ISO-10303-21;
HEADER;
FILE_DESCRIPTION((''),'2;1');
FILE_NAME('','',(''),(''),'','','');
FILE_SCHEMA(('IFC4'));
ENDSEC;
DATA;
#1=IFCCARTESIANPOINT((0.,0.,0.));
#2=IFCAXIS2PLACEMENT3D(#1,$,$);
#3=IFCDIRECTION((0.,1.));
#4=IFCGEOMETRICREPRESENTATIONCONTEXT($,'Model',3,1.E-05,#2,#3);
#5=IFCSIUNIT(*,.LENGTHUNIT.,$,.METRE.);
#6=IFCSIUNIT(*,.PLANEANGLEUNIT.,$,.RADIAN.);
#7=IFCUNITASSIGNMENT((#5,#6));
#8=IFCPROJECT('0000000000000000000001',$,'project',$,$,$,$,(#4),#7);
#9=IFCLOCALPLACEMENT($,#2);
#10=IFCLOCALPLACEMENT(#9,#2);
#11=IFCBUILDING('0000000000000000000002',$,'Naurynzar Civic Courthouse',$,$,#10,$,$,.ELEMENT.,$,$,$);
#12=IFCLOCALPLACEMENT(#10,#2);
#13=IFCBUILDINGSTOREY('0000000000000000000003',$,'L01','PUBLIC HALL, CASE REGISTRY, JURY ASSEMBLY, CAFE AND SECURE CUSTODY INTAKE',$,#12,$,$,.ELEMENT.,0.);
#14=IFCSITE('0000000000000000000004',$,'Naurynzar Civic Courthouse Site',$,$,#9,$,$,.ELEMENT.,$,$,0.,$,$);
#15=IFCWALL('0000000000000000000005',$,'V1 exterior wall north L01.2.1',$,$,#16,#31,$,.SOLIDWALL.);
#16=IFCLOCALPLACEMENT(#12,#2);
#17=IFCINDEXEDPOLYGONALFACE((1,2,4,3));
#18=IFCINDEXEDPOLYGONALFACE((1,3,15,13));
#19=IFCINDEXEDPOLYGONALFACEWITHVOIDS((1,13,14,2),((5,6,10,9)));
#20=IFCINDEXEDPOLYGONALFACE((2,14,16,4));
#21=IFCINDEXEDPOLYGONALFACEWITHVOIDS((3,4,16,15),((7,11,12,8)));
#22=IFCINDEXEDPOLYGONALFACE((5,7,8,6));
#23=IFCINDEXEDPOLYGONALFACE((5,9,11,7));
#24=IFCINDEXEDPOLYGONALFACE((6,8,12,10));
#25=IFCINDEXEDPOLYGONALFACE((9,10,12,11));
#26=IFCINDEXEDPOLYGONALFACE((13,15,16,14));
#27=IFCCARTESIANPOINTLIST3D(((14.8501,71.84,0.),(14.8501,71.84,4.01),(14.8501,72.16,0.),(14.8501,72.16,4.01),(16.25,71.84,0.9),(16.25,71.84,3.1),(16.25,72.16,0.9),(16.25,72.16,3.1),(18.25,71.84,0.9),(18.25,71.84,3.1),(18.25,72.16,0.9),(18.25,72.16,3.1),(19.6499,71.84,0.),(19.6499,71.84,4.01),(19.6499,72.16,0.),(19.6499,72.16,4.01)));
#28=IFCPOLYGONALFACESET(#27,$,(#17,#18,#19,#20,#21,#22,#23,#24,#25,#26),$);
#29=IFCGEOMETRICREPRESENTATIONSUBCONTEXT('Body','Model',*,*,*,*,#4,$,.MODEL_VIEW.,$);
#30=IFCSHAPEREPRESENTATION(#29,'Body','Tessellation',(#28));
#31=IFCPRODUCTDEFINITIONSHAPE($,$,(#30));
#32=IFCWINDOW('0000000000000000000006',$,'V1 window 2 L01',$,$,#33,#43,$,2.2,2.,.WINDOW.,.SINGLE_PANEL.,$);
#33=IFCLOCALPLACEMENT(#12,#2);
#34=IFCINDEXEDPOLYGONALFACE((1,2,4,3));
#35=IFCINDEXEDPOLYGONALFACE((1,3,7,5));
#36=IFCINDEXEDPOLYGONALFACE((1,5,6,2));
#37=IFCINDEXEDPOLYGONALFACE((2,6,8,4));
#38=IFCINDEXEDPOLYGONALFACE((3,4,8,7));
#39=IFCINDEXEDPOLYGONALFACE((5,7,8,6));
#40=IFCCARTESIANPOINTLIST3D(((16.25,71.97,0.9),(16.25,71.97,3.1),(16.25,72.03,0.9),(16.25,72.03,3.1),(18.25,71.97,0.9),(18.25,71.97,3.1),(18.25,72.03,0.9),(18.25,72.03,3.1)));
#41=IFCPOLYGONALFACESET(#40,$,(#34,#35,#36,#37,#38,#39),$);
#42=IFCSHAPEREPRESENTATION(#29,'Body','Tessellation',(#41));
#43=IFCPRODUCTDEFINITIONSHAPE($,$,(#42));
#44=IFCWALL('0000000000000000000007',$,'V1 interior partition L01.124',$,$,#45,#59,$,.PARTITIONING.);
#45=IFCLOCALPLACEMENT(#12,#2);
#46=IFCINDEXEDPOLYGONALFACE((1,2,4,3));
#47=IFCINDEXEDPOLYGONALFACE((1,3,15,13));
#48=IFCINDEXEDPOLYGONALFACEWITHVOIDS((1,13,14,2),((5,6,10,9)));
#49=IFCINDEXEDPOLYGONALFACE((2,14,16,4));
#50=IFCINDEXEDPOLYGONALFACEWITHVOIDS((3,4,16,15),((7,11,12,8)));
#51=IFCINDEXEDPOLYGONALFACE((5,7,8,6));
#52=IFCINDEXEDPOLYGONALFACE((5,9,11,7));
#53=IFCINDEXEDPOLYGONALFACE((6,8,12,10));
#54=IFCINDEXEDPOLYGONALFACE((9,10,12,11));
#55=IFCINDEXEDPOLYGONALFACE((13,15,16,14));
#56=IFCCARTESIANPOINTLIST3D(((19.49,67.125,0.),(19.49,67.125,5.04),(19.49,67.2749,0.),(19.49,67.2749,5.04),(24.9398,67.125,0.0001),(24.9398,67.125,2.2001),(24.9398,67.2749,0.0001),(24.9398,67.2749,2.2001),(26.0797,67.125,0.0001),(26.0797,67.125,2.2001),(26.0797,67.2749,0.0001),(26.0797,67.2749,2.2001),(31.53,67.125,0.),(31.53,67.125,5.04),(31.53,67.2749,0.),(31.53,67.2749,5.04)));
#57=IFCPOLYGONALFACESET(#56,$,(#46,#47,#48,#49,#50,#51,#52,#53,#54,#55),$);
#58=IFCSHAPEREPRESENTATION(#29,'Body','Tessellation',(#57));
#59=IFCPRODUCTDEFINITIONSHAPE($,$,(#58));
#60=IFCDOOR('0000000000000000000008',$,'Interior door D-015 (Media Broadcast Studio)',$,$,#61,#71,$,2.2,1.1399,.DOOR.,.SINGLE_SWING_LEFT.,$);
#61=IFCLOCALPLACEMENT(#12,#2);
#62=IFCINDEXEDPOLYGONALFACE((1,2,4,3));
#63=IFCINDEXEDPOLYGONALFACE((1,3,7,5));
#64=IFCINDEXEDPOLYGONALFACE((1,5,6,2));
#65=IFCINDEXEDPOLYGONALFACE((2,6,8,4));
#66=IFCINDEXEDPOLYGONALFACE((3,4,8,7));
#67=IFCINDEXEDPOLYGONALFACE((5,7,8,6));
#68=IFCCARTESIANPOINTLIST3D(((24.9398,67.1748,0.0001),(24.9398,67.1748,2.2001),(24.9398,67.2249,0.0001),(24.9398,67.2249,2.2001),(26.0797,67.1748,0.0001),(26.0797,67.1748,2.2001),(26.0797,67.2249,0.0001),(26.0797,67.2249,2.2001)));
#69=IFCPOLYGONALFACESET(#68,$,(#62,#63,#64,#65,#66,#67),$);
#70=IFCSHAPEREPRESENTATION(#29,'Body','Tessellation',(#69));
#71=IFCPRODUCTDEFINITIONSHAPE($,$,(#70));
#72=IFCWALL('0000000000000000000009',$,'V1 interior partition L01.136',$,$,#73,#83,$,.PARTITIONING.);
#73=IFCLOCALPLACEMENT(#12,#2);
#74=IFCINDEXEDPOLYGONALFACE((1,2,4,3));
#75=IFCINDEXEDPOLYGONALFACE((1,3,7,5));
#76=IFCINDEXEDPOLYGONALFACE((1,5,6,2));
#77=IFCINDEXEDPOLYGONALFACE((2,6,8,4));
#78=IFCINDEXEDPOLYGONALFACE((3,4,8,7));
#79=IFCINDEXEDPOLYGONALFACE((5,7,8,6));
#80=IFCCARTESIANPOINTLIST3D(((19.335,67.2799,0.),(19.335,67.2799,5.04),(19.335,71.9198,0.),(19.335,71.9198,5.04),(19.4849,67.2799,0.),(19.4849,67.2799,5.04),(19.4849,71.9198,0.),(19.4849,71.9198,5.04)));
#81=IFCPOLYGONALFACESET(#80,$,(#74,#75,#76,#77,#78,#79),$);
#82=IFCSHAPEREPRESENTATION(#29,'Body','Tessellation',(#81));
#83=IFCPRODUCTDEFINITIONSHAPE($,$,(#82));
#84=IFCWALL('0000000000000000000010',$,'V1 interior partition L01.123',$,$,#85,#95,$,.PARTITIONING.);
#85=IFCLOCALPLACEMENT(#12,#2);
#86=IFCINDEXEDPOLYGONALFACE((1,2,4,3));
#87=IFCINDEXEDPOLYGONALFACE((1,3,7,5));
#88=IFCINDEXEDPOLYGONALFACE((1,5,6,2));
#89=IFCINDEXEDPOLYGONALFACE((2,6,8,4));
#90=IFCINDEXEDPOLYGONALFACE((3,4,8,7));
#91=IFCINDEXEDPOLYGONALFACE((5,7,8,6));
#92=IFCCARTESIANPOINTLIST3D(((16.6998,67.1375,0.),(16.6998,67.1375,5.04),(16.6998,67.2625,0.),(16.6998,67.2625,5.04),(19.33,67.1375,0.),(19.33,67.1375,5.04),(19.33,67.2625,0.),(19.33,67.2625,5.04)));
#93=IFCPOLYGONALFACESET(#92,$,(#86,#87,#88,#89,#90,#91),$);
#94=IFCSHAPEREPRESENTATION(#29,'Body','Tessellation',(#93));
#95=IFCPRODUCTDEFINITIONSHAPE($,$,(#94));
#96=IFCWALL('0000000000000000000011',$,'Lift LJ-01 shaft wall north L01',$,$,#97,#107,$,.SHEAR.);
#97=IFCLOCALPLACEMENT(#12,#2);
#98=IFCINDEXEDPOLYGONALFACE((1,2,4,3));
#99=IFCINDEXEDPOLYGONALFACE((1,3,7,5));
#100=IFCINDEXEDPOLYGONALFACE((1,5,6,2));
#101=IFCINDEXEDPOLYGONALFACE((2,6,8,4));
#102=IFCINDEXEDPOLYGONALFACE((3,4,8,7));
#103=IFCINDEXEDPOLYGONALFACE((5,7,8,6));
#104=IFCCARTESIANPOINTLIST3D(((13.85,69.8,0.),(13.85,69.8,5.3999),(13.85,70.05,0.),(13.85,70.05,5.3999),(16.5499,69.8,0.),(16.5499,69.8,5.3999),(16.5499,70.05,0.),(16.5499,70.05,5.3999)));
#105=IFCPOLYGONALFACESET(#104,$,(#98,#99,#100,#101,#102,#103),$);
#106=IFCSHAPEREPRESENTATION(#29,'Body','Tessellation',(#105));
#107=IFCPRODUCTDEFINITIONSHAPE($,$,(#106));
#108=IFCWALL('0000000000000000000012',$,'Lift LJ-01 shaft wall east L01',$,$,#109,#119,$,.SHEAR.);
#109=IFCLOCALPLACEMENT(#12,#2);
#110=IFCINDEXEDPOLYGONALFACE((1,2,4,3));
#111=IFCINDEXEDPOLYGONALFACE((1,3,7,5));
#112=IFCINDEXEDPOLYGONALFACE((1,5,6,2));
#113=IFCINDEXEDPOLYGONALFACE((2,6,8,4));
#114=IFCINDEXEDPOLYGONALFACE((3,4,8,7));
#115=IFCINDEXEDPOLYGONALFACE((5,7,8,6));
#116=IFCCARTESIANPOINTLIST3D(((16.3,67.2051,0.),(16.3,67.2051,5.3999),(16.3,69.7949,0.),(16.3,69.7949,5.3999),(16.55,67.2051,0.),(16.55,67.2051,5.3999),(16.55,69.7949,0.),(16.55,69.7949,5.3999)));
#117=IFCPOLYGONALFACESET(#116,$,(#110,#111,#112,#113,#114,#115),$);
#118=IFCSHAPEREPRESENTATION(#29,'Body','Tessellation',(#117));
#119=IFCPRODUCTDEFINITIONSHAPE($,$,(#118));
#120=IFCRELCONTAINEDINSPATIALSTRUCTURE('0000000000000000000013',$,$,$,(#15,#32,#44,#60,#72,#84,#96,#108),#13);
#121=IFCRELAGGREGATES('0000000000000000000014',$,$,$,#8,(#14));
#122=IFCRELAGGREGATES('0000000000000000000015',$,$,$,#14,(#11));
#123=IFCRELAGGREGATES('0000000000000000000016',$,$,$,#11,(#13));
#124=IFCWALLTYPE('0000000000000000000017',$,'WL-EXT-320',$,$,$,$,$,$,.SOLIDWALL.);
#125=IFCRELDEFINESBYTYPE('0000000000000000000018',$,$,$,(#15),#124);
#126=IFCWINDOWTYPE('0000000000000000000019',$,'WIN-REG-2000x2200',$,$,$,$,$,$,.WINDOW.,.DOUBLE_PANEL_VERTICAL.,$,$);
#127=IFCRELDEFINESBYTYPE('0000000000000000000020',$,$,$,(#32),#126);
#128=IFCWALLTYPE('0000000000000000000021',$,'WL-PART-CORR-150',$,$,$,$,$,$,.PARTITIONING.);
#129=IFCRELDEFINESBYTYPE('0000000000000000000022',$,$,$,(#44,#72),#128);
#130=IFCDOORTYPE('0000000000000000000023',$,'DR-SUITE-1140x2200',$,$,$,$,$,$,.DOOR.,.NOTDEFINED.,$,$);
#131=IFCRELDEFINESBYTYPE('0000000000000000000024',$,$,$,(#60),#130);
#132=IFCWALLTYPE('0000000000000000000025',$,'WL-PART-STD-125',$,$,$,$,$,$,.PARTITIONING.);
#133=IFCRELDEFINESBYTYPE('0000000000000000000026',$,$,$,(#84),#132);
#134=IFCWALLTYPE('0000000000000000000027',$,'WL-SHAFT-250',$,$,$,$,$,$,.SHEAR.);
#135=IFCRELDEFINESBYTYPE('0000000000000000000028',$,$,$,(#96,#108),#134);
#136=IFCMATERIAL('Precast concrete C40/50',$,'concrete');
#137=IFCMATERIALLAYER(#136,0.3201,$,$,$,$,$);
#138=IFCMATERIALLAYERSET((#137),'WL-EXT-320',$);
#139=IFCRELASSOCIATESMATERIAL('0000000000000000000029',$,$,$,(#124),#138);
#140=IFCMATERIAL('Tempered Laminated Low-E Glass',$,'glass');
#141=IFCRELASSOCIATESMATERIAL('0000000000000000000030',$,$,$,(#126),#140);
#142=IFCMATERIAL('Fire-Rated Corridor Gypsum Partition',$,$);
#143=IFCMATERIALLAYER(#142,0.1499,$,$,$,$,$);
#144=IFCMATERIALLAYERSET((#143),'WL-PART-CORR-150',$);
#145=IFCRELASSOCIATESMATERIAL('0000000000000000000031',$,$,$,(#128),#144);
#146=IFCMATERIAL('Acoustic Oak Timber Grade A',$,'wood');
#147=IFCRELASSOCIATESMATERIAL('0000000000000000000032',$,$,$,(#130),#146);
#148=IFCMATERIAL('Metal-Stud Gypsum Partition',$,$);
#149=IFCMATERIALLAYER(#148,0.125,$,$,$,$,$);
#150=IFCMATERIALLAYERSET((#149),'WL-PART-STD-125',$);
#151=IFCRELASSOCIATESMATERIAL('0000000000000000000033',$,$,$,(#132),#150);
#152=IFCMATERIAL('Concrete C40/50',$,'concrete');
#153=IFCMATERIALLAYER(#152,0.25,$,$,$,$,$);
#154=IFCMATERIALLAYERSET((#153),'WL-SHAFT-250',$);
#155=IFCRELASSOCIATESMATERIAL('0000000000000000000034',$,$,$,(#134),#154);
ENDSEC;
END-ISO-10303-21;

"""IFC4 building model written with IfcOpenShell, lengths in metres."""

from ifc_helpers import new_model, si_unit, direction, frame, frame_2d, origin, place, context, subcontext, project, spatial, rectangle, extrude, material, layer, layer_set, type_object, element, fill, save


model = new_model("IFC4")

# Units and contexts
model_context = context("Model", 3, precision=1e-05, world=origin(), true_north=direction((0.0, 1.0)))
body_context = subcontext(model_context, "Body", "Model", "MODEL_VIEW")
ifc_project = project(units=[si_unit("LENGTHUNIT", "METRE"), si_unit("PLANEANGLEUNIT", "RADIAN")], contexts=[model_context])

# Site, building, storey
site_placement = place(None, origin())
site = spatial("IfcSite", under=ifc_project, at=site_placement, Name="Naurynzar Civic Courthouse Site", CompositionType="ELEMENT", RefElevation=0.0)
building_placement = place(site_placement, origin())
building = spatial("IfcBuilding", under=site, at=building_placement, Name="Naurynzar Civic Courthouse", CompositionType="ELEMENT")
storey_placement = place(building_placement, origin())
storey = spatial("IfcBuildingStorey", under=building, at=storey_placement, Name="L01", Description="PUBLIC HALL, CASE REGISTRY, JURY ASSEMBLY, CAFE AND SECURE CUSTODY INTAKE", CompositionType="ELEMENT", Elevation=0.0)

# Wall, opening, window
ifc_material_1 = material(Name="Precast concrete C40/50", Category="concrete")
ifc_layer_1 = layer(ifc_material_1, 0.3201)
ifc_layer_set_1 = layer_set([ifc_layer_1], Name="WL-EXT-320")
wall_type_1 = type_object("IfcWallType", Name="WL-EXT-320", PredefinedType="SOLIDWALL", material=ifc_layer_set_1)
wall_1_placement = place(storey_placement, frame((14.8501, 72.0, 0.0), z_axis=(0.0, 0.0, 1.0), x_axis=(1.0, 0.0, 0.0)))
wall_1 = element("IfcWall", 1, at=wall_1_placement, inside=storey, type_object=wall_type_1, Name="V1 exterior wall north L01.2.1", PredefinedType="SOLIDWALL", context=body_context, shape_type="SweptSolid", body=[
    extrude(rectangle(XDim=4.7998, YDim=0.3201, at=frame_2d((2.3999, 0.0))), origin(), (0.0, 0.0, 1.0), 4.01),
])
opening_1_placement = place(wall_1_placement, frame((1.3999, 0.0, 0.8999)))
opening_1 = element("IfcOpeningElement", 2, at=opening_1_placement, cuts=wall_1, PredefinedType="OPENING", context=body_context, shape_type="SweptSolid", body=[
    extrude(rectangle(XDim=2.0, YDim=2.2, at=frame_2d((1.0, 1.1001))), frame((0.0, 0.1699, 0.0), z_axis=(0.0, -1.0, 0.0), x_axis=(1.0, 0.0, 0.0)), (0.0, 0.0, 1.0), 0.3401),
])
ifc_material_2 = material(Name="Tempered Laminated Low-E Glass", Category="glass")
window_type = type_object("IfcWindowType", Name="WIN-REG-2000x2200", PartitioningType="DOUBLE_PANEL_VERTICAL", PredefinedType="WINDOW", material=ifc_material_2)
window_placement = place(opening_1_placement, origin())
window = element("IfcWindow", 3, at=window_placement, inside=storey, type_object=window_type, Name="V1 window 2 L01", OverallHeight=2.2, OverallWidth=2.0, PartitioningType="SINGLE_PANEL", PredefinedType="WINDOW", context=body_context, shape_type="SweptSolid", body=[
    extrude(rectangle(XDim=2.0, YDim=2.2, at=frame_2d((1.0, 1.1001))), frame((0.0, 0.03, 0.0), z_axis=(0.0, -1.0, 0.0), x_axis=(1.0, 0.0, 0.0)), (0.0, 0.0, 1.0), 0.0601),
])
fill(opening_1, window)

# Wall, opening, door
ifc_material_3 = material(Name="Fire-Rated Corridor Gypsum Partition")
ifc_layer_2 = layer(ifc_material_3, 0.1499)
ifc_layer_set_2 = layer_set([ifc_layer_2], Name="WL-PART-CORR-150")
wall_type_2 = type_object("IfcWallType", Name="WL-PART-CORR-150", PredefinedType="PARTITIONING", material=ifc_layer_set_2)
wall_2_placement = place(storey_placement, frame((19.49, 67.2, 0.0), z_axis=(0.0, 0.0, 1.0), x_axis=(1.0, 0.0, 0.0)))
wall_2 = element("IfcWall", 4, at=wall_2_placement, inside=storey, type_object=wall_type_2, Name="V1 interior partition L01.124", PredefinedType="PARTITIONING", context=body_context, shape_type="SweptSolid", body=[
    extrude(rectangle(XDim=12.04, YDim=0.1499, at=frame_2d((6.02, 0.0))), origin(), (0.0, 0.0, 1.0), 5.04),
])
opening_2_placement = place(wall_2_placement, frame((5.45, 0.0, 0.0)))
opening_2 = element("IfcOpeningElement", 5, at=opening_2_placement, cuts=wall_2, PredefinedType="OPENING", context=body_context, shape_type="SweptSolid", body=[
    extrude(rectangle(XDim=1.1399, YDim=2.2, at=frame_2d((0.5698, 1.1001))), frame((0.0, 0.085, 0.0), z_axis=(0.0, -1.0, 0.0), x_axis=(1.0, 0.0, 0.0)), (0.0, 0.0, 1.0), 0.1699),
])
ifc_material_4 = material(Name="Acoustic Oak Timber Grade A", Category="wood")
door_type = type_object("IfcDoorType", Name="DR-SUITE-1140x2200", OperationType="NOTDEFINED", PredefinedType="DOOR", material=ifc_material_4)
door_placement = place(opening_2_placement, origin())
door = element("IfcDoor", 6, at=door_placement, inside=storey, type_object=door_type, Name="Interior door D-015 (Media Broadcast Studio)", OperationType="SINGLE_SWING_LEFT", OverallHeight=2.2, OverallWidth=1.1399, PredefinedType="DOOR", context=body_context, shape_type="SweptSolid", body=[
    extrude(rectangle(XDim=1.1399, YDim=2.2, at=frame_2d((0.5698, 1.1001))), frame((0.0, 0.0249, 0.0), z_axis=(0.0, -1.0, 0.0), x_axis=(1.0, 0.0, 0.0)), (0.0, 0.0, 1.0), 0.05),
])
fill(opening_2, door)

# Walls
wall_3_placement = place(storey_placement, frame((19.4099, 67.28, 0.0), z_axis=(0.0, 0.0, 1.0), x_axis=(0.0, 1.0, 0.0)))
element("IfcWall", 7, at=wall_3_placement, inside=storey, type_object=wall_type_2, Name="V1 interior partition L01.136", PredefinedType="PARTITIONING", context=body_context, shape_type="SweptSolid", body=[
    extrude(rectangle(XDim=4.6399, YDim=0.1499, at=frame_2d((2.3198, 0.0))), origin(), (0.0, 0.0, 1.0), 5.04),
])
ifc_material_5 = material(Name="Metal-Stud Gypsum Partition")
ifc_layer_3 = layer(ifc_material_5, 0.125)
ifc_layer_set_3 = layer_set([ifc_layer_3], Name="WL-PART-STD-125")
wall_type_3 = type_object("IfcWallType", Name="WL-PART-STD-125", PredefinedType="PARTITIONING", material=ifc_layer_set_3)
wall_4_placement = place(storey_placement, frame((16.7, 67.2, 0.0), z_axis=(0.0, 0.0, 1.0), x_axis=(1.0, 0.0, 0.0)))
element("IfcWall", 8, at=wall_4_placement, inside=storey, type_object=wall_type_3, Name="V1 interior partition L01.123", PredefinedType="PARTITIONING", context=body_context, shape_type="SweptSolid", body=[
    extrude(rectangle(XDim=2.6301, YDim=0.125, at=frame_2d((1.3149, 0.0))), origin(), (0.0, 0.0, 1.0), 5.04),
])
ifc_material_6 = material(Name="Concrete C40/50", Category="concrete")
ifc_layer_4 = layer(ifc_material_6, 0.25)
ifc_layer_set_4 = layer_set([ifc_layer_4], Name="WL-SHAFT-250")
wall_type_4 = type_object("IfcWallType", Name="WL-SHAFT-250", PredefinedType="SHEAR", material=ifc_layer_set_4)
wall_5_placement = place(storey_placement, frame((16.55, 69.925, 0.0), z_axis=(0.0, 0.0, 1.0), x_axis=(-1.0, 0.0, 0.0)))
element("IfcWall", 9, at=wall_5_placement, inside=storey, type_object=wall_type_4, Name="Lift LJ-01 shaft wall north L01", PredefinedType="SHEAR", context=body_context, shape_type="SweptSolid", body=[
    extrude(rectangle(XDim=2.7, YDim=0.25, at=frame_2d((1.3501, 0.0))), origin(), (0.0, 0.0, 1.0), 5.3999),
])
wall_6_placement = place(storey_placement, frame((16.425, 67.2051, 0.0), z_axis=(0.0, 0.0, 1.0), x_axis=(0.0, 1.0, 0.0)))
element("IfcWall", 10, at=wall_6_placement, inside=storey, type_object=wall_type_4, Name="Lift LJ-01 shaft wall east L01", PredefinedType="SHEAR", context=body_context, shape_type="SweptSolid", body=[
    extrude(rectangle(XDim=2.5898, YDim=0.25, at=frame_2d((1.2949, 0.0))), origin(), (0.0, 0.0, 1.0), 5.3999),
])

save(model, "model.ifc")
